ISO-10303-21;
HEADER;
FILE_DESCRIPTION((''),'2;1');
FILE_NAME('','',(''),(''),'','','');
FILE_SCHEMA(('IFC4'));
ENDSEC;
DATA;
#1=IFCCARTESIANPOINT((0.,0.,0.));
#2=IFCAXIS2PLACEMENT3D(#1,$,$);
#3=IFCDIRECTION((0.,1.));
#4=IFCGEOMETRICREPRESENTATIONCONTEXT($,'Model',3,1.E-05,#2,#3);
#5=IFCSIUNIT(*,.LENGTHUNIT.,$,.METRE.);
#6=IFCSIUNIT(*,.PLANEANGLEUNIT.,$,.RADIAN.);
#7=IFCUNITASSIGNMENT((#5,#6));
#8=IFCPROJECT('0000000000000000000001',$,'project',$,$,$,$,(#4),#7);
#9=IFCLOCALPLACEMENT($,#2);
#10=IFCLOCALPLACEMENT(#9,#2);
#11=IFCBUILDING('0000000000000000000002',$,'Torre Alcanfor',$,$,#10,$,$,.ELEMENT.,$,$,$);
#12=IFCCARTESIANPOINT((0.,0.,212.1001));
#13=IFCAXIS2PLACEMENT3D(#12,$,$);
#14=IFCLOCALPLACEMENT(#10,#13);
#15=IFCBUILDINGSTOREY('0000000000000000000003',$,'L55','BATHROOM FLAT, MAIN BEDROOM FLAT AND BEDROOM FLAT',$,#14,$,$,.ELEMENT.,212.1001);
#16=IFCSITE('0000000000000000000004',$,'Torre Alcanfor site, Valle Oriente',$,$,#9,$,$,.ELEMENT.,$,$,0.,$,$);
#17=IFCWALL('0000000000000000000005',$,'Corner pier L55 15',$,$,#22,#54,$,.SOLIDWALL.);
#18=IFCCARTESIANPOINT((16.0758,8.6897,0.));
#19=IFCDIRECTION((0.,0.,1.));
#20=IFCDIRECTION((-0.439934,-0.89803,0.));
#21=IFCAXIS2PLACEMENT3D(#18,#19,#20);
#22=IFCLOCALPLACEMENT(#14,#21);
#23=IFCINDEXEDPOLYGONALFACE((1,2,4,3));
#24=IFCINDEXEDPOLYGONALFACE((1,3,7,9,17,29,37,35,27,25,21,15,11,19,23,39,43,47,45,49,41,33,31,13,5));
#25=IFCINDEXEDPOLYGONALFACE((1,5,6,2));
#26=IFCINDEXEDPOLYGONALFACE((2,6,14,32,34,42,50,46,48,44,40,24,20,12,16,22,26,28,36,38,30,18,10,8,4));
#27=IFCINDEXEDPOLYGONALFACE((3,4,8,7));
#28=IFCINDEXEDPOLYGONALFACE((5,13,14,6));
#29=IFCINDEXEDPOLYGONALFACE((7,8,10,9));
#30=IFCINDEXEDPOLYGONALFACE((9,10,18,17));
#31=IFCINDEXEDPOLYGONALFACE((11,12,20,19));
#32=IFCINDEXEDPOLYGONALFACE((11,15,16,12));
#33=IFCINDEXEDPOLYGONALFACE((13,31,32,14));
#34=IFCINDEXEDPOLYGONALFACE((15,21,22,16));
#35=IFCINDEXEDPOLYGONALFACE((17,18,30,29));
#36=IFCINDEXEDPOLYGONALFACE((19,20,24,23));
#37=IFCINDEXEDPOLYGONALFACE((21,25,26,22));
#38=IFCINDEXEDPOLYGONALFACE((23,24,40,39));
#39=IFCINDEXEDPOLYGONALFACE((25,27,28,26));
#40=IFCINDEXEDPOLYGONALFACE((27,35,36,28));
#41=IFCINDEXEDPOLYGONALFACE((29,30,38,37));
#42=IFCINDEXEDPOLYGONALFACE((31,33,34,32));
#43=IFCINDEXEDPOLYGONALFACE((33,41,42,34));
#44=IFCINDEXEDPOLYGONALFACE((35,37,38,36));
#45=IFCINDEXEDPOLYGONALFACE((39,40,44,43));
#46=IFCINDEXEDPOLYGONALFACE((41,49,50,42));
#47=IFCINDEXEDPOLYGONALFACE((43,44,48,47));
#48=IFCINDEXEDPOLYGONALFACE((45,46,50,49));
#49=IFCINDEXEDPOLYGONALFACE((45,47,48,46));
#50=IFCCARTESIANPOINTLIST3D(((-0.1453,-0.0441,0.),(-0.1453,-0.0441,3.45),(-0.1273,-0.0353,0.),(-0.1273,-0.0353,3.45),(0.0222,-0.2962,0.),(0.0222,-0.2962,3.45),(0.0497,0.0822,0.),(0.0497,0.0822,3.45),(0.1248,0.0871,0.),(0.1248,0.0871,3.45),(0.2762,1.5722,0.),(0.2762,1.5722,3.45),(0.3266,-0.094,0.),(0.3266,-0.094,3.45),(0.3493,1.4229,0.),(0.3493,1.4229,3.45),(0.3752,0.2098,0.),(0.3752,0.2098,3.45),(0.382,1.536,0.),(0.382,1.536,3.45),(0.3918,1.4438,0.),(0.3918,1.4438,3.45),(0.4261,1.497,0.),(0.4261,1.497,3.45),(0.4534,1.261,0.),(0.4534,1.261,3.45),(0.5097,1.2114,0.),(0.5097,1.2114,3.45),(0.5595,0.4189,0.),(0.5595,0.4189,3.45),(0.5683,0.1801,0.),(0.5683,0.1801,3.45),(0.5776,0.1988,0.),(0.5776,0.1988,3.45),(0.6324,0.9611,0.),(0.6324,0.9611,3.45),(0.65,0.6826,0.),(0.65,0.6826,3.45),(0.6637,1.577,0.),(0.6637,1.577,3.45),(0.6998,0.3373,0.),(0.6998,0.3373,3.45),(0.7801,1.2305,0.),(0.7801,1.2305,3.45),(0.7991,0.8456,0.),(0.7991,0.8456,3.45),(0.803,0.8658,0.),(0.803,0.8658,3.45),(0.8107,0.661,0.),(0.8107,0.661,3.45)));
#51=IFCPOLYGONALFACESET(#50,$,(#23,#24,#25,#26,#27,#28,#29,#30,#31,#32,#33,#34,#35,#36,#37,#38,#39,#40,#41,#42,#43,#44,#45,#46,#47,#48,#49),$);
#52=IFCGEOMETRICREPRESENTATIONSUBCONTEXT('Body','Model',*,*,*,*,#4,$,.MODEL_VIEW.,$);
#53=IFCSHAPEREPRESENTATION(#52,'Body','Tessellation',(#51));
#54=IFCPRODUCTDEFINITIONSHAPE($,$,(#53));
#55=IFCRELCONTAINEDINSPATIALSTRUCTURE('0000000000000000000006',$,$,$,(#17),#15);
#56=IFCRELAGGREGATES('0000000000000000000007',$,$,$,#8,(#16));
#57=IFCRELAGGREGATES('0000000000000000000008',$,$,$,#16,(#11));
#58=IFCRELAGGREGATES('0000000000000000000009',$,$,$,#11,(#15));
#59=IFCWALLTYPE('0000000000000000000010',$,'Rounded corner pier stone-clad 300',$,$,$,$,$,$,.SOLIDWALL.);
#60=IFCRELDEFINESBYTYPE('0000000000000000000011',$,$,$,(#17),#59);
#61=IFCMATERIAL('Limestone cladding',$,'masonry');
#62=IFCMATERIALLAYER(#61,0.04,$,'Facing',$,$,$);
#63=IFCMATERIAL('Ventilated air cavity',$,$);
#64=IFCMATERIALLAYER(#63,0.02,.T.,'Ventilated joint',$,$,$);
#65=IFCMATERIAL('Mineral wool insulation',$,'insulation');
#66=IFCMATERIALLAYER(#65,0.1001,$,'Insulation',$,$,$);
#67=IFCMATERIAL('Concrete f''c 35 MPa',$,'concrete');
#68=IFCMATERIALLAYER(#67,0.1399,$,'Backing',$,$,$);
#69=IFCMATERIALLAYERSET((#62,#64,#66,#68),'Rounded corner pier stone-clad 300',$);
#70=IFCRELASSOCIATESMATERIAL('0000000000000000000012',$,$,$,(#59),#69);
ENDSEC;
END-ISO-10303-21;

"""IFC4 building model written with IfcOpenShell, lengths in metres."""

from ifc_helpers import new_model, si_unit, direction, frame, origin, place, context, subcontext, project, spatial, polyline, outline, extrude, material, layer, layer_set, type_object, element, save


model = new_model("IFC4")

# Units and contexts
model_context = context("Model", 3, precision=1e-05, world=origin(), true_north=direction((0.0, 1.0)))
body_context = subcontext(model_context, "Body", "Model", "MODEL_VIEW")
ifc_project = project(units=[si_unit("LENGTHUNIT", "METRE"), si_unit("PLANEANGLEUNIT", "RADIAN")], contexts=[model_context])

# Site, building, storey
site_placement = place(None, origin())
site = spatial("IfcSite", under=ifc_project, at=site_placement, Name="Torre Alcanfor site, Valle Oriente", CompositionType="ELEMENT", RefElevation=0.0)
building_placement = place(site_placement, origin())
building = spatial("IfcBuilding", under=site, at=building_placement, Name="Torre Alcanfor", CompositionType="ELEMENT")
storey_placement = place(building_placement, frame((0.0, 0.0, 212.1001)))
storey = spatial("IfcBuildingStorey", under=building, at=storey_placement, Name="L55", Description="BATHROOM FLAT, MAIN BEDROOM FLAT AND BEDROOM FLAT", CompositionType="ELEMENT", Elevation=212.1001)

# Shared definitions
ifc_material_1 = material(Name="Limestone cladding", Category="masonry")
ifc_material_2 = material(Name="Ventilated air cavity")
ifc_material_3 = material(Name="Mineral wool insulation", Category="insulation")
ifc_material_4 = material(Name="Concrete f'c 35 MPa", Category="concrete")

# Wall
ifc_layer_1 = layer(ifc_material_1, 0.04, Name="Facing")
ifc_layer_2 = layer(ifc_material_2, 0.02, ventilated=True, Name="Ventilated joint")
ifc_layer_3 = layer(ifc_material_3, 0.1001, Name="Insulation")
ifc_layer_4 = layer(ifc_material_4, 0.1399, Name="Backing")
ifc_layer_set_1 = layer_set([ifc_layer_1, ifc_layer_2, ifc_layer_3, ifc_layer_4], Name="Rounded corner pier stone-clad 300")
wall_type_1 = type_object("IfcWallType", Name="Rounded corner pier stone-clad 300", PredefinedType="SOLIDWALL", material=ifc_layer_set_1)
wall_1_placement = place(storey_placement, frame((16.0758, 8.6897, 0.0), z_axis=(0.0, 0.0, 1.0), x_axis=(-0.439934, -0.89803, 0.0)))
element("IfcWall", 1, at=wall_1_placement, inside=storey, type_object=wall_type_1, Name="Corner pier L55 15", PredefinedType="SOLIDWALL", context=body_context, shape_type="SweptSolid", body=[
    extrude(outline(polyline([(0.6637, 1.577), (0.4261, 1.497), (0.382, 1.536), (0.2762, 1.5722), (0.3493, 1.4229), (0.3918, 1.4438), (0.4534, 1.261), (0.5097, 1.2114), (0.6324, 0.9611), (0.65, 0.6826), (0.5595, 0.4189), (0.3752, 0.2098), (0.1248, 0.0871), (0.0497, 0.0822), (-0.1273, -0.0353), (-0.1453, -0.0441), (0.0222, -0.2962), (0.3266, -0.094), (0.5683, 0.1801), (0.5776, 0.1988), (0.6998, 0.3373), (0.8107, 0.661), (0.7991, 0.8456), (0.803, 0.8658), (0.7801, 1.2305), (0.6637, 1.577)])), origin(), (0.0, 0.0, 1.0), 3.45),
])

save(model, "model.ifc")
